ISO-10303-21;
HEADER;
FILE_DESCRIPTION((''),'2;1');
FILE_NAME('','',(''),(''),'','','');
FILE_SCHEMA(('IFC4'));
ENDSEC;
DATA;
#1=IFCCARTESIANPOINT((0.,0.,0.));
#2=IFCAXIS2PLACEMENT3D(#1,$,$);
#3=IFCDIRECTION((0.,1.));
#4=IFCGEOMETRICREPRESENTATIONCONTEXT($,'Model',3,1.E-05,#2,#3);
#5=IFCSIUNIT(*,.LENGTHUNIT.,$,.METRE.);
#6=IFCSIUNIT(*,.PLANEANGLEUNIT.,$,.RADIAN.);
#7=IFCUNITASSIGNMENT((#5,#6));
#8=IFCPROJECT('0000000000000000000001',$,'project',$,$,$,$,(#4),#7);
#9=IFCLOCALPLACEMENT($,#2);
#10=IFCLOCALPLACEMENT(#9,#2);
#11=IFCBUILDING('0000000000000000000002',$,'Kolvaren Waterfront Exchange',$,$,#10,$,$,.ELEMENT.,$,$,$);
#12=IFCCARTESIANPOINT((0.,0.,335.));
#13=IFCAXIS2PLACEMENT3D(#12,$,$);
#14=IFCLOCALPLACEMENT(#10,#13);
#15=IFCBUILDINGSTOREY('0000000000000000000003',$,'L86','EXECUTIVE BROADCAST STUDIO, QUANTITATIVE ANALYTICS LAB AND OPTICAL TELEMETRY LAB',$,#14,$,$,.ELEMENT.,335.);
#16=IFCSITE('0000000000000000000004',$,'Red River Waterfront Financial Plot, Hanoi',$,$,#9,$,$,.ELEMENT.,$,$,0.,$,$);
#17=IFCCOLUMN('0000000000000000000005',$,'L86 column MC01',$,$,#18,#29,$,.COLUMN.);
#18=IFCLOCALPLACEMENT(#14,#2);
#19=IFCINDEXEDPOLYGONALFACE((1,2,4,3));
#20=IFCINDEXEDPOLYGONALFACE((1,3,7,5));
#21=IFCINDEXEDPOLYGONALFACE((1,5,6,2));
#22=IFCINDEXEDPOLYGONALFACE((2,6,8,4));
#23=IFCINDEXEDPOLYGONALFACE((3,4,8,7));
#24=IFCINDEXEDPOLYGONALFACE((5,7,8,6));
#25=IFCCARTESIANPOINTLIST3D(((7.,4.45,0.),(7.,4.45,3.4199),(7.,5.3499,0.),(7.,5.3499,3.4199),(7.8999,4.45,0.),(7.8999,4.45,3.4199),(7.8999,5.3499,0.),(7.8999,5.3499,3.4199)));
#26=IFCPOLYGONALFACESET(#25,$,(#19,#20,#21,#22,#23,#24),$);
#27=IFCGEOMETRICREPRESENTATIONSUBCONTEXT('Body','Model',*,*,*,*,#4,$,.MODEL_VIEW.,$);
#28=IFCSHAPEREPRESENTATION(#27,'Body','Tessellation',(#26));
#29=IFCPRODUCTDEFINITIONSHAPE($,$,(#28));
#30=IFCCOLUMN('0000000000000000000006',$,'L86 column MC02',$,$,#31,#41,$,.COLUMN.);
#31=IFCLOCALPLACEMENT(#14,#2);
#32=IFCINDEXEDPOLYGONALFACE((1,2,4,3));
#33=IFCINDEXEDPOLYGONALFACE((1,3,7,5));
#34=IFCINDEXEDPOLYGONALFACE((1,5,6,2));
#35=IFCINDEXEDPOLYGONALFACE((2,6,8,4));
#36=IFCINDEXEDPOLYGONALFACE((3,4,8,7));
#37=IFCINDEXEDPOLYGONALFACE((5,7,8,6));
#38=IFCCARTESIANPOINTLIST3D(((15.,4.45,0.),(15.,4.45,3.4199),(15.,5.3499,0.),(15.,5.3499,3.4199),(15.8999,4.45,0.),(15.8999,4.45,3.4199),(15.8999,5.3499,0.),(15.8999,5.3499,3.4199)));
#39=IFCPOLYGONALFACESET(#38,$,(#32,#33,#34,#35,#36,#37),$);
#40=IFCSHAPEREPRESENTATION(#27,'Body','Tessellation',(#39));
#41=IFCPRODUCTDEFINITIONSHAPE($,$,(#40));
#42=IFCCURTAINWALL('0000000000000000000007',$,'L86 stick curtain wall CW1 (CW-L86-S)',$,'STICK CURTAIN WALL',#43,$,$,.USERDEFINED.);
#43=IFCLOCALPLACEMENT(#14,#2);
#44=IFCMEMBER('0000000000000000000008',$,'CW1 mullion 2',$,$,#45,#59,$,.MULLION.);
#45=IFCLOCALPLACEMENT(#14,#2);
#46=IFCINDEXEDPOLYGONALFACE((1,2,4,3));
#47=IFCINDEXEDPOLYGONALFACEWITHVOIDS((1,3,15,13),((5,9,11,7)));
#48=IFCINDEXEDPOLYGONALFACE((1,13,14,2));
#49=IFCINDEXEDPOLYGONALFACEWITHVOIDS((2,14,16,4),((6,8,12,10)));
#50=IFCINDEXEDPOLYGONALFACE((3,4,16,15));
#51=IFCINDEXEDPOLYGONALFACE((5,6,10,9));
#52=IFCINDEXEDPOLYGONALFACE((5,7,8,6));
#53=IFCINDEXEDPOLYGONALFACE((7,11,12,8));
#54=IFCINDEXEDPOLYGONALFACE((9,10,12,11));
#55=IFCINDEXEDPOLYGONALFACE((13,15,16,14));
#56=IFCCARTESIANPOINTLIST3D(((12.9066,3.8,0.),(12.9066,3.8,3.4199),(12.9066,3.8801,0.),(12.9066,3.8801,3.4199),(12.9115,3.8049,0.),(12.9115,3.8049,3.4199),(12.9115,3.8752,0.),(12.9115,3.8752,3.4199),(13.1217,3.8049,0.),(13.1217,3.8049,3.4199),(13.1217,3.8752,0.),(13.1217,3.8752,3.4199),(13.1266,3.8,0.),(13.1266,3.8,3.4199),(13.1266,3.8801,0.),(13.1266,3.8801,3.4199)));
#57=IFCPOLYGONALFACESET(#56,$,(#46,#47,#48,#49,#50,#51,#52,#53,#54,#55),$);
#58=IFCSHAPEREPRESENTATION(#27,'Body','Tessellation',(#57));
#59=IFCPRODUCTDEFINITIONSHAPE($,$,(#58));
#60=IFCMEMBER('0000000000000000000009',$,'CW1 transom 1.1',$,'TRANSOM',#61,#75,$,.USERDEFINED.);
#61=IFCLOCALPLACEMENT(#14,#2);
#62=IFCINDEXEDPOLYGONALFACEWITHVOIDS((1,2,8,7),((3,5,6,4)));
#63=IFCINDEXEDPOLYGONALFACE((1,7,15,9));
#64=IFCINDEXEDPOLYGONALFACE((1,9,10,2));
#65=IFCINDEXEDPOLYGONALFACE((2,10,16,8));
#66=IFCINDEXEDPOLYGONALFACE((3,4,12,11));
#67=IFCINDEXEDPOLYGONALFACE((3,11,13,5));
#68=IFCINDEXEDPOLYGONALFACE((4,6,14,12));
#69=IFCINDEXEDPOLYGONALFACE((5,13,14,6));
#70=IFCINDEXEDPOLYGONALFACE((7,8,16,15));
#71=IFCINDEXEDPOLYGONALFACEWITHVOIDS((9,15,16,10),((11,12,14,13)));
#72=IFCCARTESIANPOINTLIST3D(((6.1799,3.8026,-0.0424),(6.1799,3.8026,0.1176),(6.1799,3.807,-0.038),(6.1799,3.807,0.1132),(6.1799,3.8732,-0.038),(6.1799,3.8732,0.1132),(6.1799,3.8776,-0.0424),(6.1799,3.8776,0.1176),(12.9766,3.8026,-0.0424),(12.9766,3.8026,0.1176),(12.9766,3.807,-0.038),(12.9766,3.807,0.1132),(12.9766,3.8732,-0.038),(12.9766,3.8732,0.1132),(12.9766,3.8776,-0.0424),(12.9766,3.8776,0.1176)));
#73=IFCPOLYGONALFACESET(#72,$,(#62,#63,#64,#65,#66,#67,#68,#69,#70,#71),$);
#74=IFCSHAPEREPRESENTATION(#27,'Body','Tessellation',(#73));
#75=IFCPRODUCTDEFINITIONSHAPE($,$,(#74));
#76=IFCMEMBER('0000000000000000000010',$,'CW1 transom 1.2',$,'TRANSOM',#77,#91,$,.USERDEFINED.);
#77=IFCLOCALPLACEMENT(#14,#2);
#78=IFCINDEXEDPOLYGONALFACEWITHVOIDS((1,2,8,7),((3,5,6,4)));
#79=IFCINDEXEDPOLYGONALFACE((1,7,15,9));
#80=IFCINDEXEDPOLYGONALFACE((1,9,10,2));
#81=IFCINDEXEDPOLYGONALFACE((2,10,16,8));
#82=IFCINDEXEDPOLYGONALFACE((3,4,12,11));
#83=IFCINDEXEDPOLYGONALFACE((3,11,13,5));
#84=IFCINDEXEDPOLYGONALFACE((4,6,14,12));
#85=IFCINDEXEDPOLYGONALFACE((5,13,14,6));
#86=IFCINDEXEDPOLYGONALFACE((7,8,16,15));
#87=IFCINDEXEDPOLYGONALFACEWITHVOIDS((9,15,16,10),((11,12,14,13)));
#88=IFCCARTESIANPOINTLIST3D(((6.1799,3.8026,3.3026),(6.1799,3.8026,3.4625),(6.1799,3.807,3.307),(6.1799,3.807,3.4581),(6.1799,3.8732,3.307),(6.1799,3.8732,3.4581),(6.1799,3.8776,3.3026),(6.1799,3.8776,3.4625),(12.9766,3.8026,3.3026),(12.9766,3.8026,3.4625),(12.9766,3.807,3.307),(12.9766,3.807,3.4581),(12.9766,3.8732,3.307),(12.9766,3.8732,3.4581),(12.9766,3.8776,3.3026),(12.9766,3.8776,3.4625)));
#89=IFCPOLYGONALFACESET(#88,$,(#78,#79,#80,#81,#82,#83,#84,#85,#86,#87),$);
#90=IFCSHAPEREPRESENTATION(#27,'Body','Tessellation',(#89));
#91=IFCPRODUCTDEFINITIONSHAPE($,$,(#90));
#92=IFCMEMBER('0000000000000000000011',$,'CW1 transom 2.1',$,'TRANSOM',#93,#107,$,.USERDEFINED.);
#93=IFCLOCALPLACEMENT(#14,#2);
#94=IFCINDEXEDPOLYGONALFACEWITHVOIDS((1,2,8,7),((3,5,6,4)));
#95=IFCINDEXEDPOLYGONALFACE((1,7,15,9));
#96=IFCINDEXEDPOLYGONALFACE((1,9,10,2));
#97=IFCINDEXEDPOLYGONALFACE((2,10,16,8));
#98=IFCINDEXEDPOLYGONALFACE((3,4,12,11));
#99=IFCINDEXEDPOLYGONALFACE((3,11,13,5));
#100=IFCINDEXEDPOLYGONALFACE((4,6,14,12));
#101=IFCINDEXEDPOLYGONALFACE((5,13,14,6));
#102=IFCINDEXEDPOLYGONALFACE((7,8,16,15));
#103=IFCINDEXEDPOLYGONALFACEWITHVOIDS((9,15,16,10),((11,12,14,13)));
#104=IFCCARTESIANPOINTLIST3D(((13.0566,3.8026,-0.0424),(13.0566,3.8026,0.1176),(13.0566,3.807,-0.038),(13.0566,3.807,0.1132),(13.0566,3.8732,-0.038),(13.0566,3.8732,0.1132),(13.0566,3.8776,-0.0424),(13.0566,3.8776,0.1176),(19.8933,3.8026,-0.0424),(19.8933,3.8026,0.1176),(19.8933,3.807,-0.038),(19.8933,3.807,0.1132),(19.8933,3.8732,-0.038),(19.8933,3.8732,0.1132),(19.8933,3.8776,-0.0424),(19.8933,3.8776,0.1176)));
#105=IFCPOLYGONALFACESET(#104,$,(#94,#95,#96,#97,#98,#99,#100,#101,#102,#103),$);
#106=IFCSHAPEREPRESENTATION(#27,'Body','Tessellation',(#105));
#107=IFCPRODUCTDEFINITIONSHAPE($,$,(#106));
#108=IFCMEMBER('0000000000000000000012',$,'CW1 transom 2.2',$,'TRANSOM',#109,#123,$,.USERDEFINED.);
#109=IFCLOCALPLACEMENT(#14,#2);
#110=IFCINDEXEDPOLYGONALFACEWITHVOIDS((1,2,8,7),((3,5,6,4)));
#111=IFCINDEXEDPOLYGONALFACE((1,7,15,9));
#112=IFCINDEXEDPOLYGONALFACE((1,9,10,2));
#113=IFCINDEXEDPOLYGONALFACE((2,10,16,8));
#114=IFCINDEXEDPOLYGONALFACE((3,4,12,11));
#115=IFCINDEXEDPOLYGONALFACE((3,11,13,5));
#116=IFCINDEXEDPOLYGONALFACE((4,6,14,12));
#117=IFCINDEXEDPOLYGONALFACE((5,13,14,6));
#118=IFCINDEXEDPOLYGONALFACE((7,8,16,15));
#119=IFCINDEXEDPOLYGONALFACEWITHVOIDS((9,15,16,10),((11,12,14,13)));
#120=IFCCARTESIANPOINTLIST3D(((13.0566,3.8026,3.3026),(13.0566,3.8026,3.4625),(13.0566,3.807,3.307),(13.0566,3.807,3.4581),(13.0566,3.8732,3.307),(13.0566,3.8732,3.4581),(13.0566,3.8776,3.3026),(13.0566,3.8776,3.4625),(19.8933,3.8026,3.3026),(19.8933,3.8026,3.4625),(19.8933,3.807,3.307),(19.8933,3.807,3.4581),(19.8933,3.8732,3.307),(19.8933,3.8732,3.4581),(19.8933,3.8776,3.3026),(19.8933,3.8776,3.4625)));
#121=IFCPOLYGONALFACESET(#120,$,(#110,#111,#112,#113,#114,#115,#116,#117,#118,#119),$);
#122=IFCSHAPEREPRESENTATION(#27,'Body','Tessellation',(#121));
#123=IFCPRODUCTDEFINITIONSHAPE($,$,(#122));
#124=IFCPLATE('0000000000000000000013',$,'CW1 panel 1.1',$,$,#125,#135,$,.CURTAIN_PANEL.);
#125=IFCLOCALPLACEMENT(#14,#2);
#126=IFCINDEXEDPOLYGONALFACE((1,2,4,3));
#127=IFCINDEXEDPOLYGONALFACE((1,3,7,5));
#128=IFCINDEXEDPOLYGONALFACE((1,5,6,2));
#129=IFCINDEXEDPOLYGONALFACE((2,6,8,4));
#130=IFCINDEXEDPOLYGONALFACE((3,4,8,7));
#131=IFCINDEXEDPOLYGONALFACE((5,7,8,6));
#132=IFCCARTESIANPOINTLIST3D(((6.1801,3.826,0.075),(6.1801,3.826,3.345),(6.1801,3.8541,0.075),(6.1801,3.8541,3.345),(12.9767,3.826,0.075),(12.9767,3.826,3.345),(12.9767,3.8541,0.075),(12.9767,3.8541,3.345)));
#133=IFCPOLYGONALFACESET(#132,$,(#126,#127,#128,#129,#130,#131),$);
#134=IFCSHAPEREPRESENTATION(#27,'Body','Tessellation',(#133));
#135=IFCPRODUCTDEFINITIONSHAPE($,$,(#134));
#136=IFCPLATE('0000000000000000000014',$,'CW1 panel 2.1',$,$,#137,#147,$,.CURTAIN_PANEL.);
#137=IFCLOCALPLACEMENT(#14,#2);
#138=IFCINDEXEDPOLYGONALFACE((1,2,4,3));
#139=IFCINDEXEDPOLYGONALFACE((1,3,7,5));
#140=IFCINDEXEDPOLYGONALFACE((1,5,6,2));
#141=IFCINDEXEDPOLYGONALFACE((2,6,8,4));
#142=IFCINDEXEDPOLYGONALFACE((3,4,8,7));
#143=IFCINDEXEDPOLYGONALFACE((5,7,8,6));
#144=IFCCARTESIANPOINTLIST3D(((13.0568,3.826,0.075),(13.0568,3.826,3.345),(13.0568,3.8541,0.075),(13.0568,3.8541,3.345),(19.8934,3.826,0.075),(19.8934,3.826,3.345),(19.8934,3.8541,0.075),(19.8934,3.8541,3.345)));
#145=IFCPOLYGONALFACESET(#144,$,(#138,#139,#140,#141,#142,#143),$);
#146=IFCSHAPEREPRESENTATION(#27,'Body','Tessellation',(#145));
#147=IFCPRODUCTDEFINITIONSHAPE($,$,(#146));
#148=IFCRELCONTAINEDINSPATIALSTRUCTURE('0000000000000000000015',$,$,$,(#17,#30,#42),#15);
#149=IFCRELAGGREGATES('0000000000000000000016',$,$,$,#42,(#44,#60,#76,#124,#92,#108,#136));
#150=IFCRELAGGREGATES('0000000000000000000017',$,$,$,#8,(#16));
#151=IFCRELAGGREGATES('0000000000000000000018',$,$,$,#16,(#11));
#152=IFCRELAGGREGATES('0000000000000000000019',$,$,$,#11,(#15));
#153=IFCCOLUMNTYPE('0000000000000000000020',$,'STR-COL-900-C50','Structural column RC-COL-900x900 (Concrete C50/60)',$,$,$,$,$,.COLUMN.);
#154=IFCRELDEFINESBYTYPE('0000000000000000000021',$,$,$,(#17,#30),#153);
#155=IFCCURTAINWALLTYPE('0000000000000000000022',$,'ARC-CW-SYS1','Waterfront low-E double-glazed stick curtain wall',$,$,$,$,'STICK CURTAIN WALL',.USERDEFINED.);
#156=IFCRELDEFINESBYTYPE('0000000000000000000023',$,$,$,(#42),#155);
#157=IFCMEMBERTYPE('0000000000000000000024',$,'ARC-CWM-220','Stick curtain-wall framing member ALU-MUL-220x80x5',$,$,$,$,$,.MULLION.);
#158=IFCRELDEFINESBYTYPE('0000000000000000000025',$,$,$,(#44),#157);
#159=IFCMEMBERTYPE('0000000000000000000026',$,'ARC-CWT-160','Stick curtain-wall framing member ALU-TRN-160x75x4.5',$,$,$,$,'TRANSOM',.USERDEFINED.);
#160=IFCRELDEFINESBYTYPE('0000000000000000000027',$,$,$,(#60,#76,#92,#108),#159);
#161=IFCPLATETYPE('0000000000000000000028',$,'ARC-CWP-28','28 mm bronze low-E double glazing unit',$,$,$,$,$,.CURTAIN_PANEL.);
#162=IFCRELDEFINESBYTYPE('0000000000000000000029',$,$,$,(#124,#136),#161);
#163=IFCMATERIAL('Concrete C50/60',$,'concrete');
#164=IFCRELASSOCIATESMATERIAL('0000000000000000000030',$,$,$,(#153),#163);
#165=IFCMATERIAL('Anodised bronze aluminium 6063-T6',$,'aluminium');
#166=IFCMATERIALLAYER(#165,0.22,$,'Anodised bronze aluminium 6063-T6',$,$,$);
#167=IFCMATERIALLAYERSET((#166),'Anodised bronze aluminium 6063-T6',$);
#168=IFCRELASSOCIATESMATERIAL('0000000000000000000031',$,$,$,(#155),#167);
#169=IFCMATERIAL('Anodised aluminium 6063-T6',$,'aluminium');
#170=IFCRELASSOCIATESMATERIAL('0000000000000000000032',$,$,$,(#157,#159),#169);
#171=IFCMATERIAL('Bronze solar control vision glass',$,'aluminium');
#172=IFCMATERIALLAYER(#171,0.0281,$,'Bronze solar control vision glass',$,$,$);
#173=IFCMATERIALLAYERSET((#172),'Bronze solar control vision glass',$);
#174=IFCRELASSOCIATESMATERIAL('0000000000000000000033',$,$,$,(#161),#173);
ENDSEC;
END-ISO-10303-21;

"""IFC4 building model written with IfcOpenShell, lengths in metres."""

from ifc_helpers import new_model, si_unit, direction, frame, origin, origin_with_axes, origin_2d, place, context, subcontext, project, spatial, rectangle, hollow_rectangle, extrude, source, transform, mapped, material, layer, layer_set, material_profile, profile_set, type_object, element, aggregate, save


model = new_model("IFC4")

# Units and contexts
model_context = context("Model", 3, precision=1e-05, world=origin(), true_north=direction((0.0, 1.0)))
body_context = subcontext(model_context, "Body", "Model", "MODEL_VIEW")
ifc_project = project(units=[si_unit("LENGTHUNIT", "METRE"), si_unit("PLANEANGLEUNIT", "RADIAN")], contexts=[model_context])

# Site, building, storey
site_placement = place(None, origin())
site = spatial("IfcSite", under=ifc_project, at=site_placement, Name="Red River Waterfront Financial Plot, Hanoi", CompositionType="ELEMENT", RefElevation=0.0)
building_placement = place(site_placement, origin())
building = spatial("IfcBuilding", under=site, at=building_placement, Name="Kolvaren Waterfront Exchange", CompositionType="ELEMENT")
storey_placement = place(building_placement, frame((0.0, 0.0, 335.0)))
storey = spatial("IfcBuildingStorey", under=building, at=storey_placement, Name="L86", Description="EXECUTIVE BROADCAST STUDIO, QUANTITATIVE ANALYTICS LAB AND OPTICAL TELEMETRY LAB", CompositionType="ELEMENT", Elevation=335.0)

# Columns
ifc_material_1 = material(Name="Concrete C50/60", Category="concrete")
ifc_material_profile_1 = material_profile(ifc_material_1, rectangle(XDim=0.8999, YDim=0.8999, at=origin_2d()), Name="RC-COL-900x900")
ifc_profile_set_1 = profile_set([ifc_material_profile_1], Name="Concrete C50/60")
column_type = type_object("IfcColumnType", Name="STR-COL-900-C50", Description="Structural column RC-COL-900x900 (Concrete C50/60)", PredefinedType="COLUMN", material=ifc_profile_set_1)
for number, where, z_axis, x_axis, name in (
    (1, (7.45, 4.8999, 0.0), (0.0, 0.0, 1.0), (1.0, 0.0, 0.0), "L86 column MC01"),
    (2, (15.45, 4.8999, 0.0), (0.0, 0.0, 1.0), (1.0, 0.0, 0.0), "L86 column MC02"),
):
    element("IfcColumn", number, at=place(storey_placement, frame(where, z_axis=z_axis, x_axis=x_axis)), inside=storey, type_object=column_type, Name=name, PredefinedType="COLUMN", context=body_context, shape_type="SweptSolid", body=[
        extrude(rectangle(XDim=0.8999, YDim=0.8999, at=origin_2d()), origin(), (0.0, 0.0, 1.0), 3.4199),
    ])

# Curtain wall, members, plates
ifc_material_2 = material(Name="Anodised bronze aluminium 6063-T6", Category="aluminium")
ifc_layer_1 = layer(ifc_material_2, 0.22, Name="Anodised bronze aluminium 6063-T6")
ifc_layer_set_1 = layer_set([ifc_layer_1], Name="Anodised bronze aluminium 6063-T6")
curtain_wall_type = type_object("IfcCurtainWallType", Name="ARC-CW-SYS1", Description="Waterfront low-E double-glazed stick curtain wall", ElementType="STICK CURTAIN WALL", PredefinedType="USERDEFINED", material=ifc_layer_set_1)
curtain_wall_placement = place(storey_placement, origin())
curtain_wall = element("IfcCurtainWall", 3, at=curtain_wall_placement, inside=storey, type_object=curtain_wall_type, Name="L86 stick curtain wall CW1 (CW-L86-S)", ObjectType="STICK CURTAIN WALL", PredefinedType="USERDEFINED")
ifc_material_3 = material(Name="Anodised aluminium 6063-T6", Category="aluminium")
ifc_material_profile_2 = material_profile(ifc_material_3, hollow_rectangle(XDim=0.0801, YDim=0.22, WallThickness=0.0049, at=origin_2d()), Name="ALU-MUL-220x80x5")
ifc_profile_set_2 = profile_set([ifc_material_profile_2], Name="Anodised aluminium 6063-T6")
member_type_1 = type_object("IfcMemberType", Name="ARC-CWM-220", Description="Stick curtain-wall framing member ALU-MUL-220x80x5", PredefinedType="MULLION", material=ifc_profile_set_2)
shared_shape_1 = source(origin_with_axes(), body_context, "Body", "SweptSolid", [
    extrude(hollow_rectangle(XDim=0.0801, YDim=0.22, WallThickness=0.0049, at=origin_2d()), origin(), (0.0, 0.0, 1.0), 3.4199),
])
member_1_placement = place(storey_placement, frame((13.0166, 3.8401, 0.0), z_axis=(0.0, 0.0, 1.0), x_axis=(0.0, 1.0, 0.0)))
member_1 = element("IfcMember", 4, at=member_1_placement, type_object=member_type_1, Name="CW1 mullion 2", PredefinedType="MULLION", context=body_context, shape_type="MappedRepresentation", body=[
    mapped(shared_shape_1, transform((0.0, 0.0, 0.0), x_axis=(1.0, 0.0, 0.0), y_axis=(0.0, 1.0, 0.0), z_axis=(0.0, 0.0, 1.0), scale=1.0)),
])
ifc_material_profile_3 = material_profile(ifc_material_3, hollow_rectangle(XDim=0.075, YDim=0.1599, WallThickness=0.0044, at=origin_2d()), Name="ALU-TRN-160x75x4.5")
ifc_profile_set_3 = profile_set([ifc_material_profile_3], Name="Anodised aluminium 6063-T6")
member_type_2 = type_object("IfcMemberType", Name="ARC-CWT-160", Description="Stick curtain-wall framing member ALU-TRN-160x75x4.5", ElementType="TRANSOM", PredefinedType="USERDEFINED", material=ifc_profile_set_3)
shared_shape_2 = source(origin_with_axes(), body_context, "Body", "SweptSolid", [
    extrude(hollow_rectangle(XDim=0.075, YDim=0.1599, WallThickness=0.0044, at=origin_2d()), origin(), (0.0, 0.0, 1.0), 6.7966),
])
member_2_placement = place(storey_placement, frame((6.1799, 3.8401, 0.0376), z_axis=(1.0, 0.0, 0.0), x_axis=(0.0, 1.0, 0.0)))
member_2 = element("IfcMember", 5, at=member_2_placement, type_object=member_type_2, Name="CW1 transom 1.1", ObjectType="TRANSOM", PredefinedType="USERDEFINED", context=body_context, shape_type="MappedRepresentation", body=[
    mapped(shared_shape_2, transform((0.0, 0.0, 0.0), x_axis=(1.0, 0.0, 0.0), y_axis=(0.0, 1.0, 0.0), z_axis=(0.0, 0.0, 1.0), scale=1.0)),
])
member_3_placement = place(storey_placement, frame((6.1799, 3.8401, 3.3826), z_axis=(1.0, 0.0, 0.0), x_axis=(0.0, 1.0, 0.0)))
member_3 = element("IfcMember", 6, at=member_3_placement, type_object=member_type_2, Name="CW1 transom 1.2", ObjectType="TRANSOM", PredefinedType="USERDEFINED", context=body_context, shape_type="MappedRepresentation", body=[
    mapped(shared_shape_2, transform((0.0, 0.0, 0.0), x_axis=(1.0, 0.0, 0.0), y_axis=(0.0, 1.0, 0.0), z_axis=(0.0, 0.0, 1.0), scale=1.0)),
])
shared_shape_3 = source(origin_with_axes(), body_context, "Body", "SweptSolid", [
    extrude(hollow_rectangle(XDim=0.075, YDim=0.1599, WallThickness=0.0044, at=origin_2d()), origin(), (0.0, 0.0, 1.0), 6.8367),
])
member_4_placement = place(storey_placement, frame((13.0566, 3.8401, 0.0376), z_axis=(1.0, 0.0, 0.0), x_axis=(0.0, 1.0, 0.0)))
member_4 = element("IfcMember", 7, at=member_4_placement, type_object=member_type_2, Name="CW1 transom 2.1", ObjectType="TRANSOM", PredefinedType="USERDEFINED", context=body_context, shape_type="MappedRepresentation", body=[
    mapped(shared_shape_3, transform((0.0, 0.0, 0.0), x_axis=(1.0, 0.0, 0.0), y_axis=(0.0, 1.0, 0.0), z_axis=(0.0, 0.0, 1.0), scale=1.0)),
])
member_5_placement = place(storey_placement, frame((13.0566, 3.8401, 3.3826), z_axis=(1.0, 0.0, 0.0), x_axis=(0.0, 1.0, 0.0)))
member_5 = element("IfcMember", 8, at=member_5_placement, type_object=member_type_2, Name="CW1 transom 2.2", ObjectType="TRANSOM", PredefinedType="USERDEFINED", context=body_context, shape_type="MappedRepresentation", body=[
    mapped(shared_shape_3, transform((0.0, 0.0, 0.0), x_axis=(1.0, 0.0, 0.0), y_axis=(0.0, 1.0, 0.0), z_axis=(0.0, 0.0, 1.0), scale=1.0)),
])
ifc_material_4 = material(Name="Bronze solar control vision glass", Category="aluminium")
ifc_layer_2 = layer(ifc_material_4, 0.0281, Name="Bronze solar control vision glass")
ifc_layer_set_2 = layer_set([ifc_layer_2], Name="Bronze solar control vision glass")
plate_type = type_object("IfcPlateType", Name="ARC-CWP-28", Description="28 mm bronze low-E double glazing unit", PredefinedType="CURTAIN_PANEL", material=ifc_layer_set_2)
shared_shape_4 = source(origin_with_axes(), body_context, "Body", "SweptSolid", [
    extrude(rectangle(XDim=6.7966, YDim=0.0281, at=origin_2d()), origin(), (0.0, 0.0, 1.0), 3.27),
])
plate_1_placement = place(storey_placement, frame((9.5784, 3.8401, 0.075), z_axis=(0.0, 0.0, 1.0), x_axis=(1.0, 0.0, 0.0)))
plate_1 = element("IfcPlate", 9, at=plate_1_placement, type_object=plate_type, Name="CW1 panel 1.1", PredefinedType="CURTAIN_PANEL", context=body_context, shape_type="MappedRepresentation", body=[
    mapped(shared_shape_4, transform((0.0, 0.0, 0.0), x_axis=(1.0, 0.0, 0.0), y_axis=(0.0, 1.0, 0.0), z_axis=(0.0, 0.0, 1.0), scale=1.0)),
])
shared_shape_5 = source(origin_with_axes(), body_context, "Body", "SweptSolid", [
    extrude(rectangle(XDim=6.8367, YDim=0.0281, at=origin_2d()), origin(), (0.0, 0.0, 1.0), 3.27),
])
plate_2_placement = place(storey_placement, frame((16.4751, 3.8401, 0.075), z_axis=(0.0, 0.0, 1.0), x_axis=(1.0, 0.0, 0.0)))
plate_2 = element("IfcPlate", 10, at=plate_2_placement, type_object=plate_type, Name="CW1 panel 2.1", PredefinedType="CURTAIN_PANEL", context=body_context, shape_type="MappedRepresentation", body=[
    mapped(shared_shape_5, transform((0.0, 0.0, 0.0), x_axis=(1.0, 0.0, 0.0), y_axis=(0.0, 1.0, 0.0), z_axis=(0.0, 0.0, 1.0), scale=1.0)),
])
aggregate(curtain_wall, [member_1, member_2, member_3, plate_1, member_4, member_5, plate_2])

save(model, "model.ifc")
